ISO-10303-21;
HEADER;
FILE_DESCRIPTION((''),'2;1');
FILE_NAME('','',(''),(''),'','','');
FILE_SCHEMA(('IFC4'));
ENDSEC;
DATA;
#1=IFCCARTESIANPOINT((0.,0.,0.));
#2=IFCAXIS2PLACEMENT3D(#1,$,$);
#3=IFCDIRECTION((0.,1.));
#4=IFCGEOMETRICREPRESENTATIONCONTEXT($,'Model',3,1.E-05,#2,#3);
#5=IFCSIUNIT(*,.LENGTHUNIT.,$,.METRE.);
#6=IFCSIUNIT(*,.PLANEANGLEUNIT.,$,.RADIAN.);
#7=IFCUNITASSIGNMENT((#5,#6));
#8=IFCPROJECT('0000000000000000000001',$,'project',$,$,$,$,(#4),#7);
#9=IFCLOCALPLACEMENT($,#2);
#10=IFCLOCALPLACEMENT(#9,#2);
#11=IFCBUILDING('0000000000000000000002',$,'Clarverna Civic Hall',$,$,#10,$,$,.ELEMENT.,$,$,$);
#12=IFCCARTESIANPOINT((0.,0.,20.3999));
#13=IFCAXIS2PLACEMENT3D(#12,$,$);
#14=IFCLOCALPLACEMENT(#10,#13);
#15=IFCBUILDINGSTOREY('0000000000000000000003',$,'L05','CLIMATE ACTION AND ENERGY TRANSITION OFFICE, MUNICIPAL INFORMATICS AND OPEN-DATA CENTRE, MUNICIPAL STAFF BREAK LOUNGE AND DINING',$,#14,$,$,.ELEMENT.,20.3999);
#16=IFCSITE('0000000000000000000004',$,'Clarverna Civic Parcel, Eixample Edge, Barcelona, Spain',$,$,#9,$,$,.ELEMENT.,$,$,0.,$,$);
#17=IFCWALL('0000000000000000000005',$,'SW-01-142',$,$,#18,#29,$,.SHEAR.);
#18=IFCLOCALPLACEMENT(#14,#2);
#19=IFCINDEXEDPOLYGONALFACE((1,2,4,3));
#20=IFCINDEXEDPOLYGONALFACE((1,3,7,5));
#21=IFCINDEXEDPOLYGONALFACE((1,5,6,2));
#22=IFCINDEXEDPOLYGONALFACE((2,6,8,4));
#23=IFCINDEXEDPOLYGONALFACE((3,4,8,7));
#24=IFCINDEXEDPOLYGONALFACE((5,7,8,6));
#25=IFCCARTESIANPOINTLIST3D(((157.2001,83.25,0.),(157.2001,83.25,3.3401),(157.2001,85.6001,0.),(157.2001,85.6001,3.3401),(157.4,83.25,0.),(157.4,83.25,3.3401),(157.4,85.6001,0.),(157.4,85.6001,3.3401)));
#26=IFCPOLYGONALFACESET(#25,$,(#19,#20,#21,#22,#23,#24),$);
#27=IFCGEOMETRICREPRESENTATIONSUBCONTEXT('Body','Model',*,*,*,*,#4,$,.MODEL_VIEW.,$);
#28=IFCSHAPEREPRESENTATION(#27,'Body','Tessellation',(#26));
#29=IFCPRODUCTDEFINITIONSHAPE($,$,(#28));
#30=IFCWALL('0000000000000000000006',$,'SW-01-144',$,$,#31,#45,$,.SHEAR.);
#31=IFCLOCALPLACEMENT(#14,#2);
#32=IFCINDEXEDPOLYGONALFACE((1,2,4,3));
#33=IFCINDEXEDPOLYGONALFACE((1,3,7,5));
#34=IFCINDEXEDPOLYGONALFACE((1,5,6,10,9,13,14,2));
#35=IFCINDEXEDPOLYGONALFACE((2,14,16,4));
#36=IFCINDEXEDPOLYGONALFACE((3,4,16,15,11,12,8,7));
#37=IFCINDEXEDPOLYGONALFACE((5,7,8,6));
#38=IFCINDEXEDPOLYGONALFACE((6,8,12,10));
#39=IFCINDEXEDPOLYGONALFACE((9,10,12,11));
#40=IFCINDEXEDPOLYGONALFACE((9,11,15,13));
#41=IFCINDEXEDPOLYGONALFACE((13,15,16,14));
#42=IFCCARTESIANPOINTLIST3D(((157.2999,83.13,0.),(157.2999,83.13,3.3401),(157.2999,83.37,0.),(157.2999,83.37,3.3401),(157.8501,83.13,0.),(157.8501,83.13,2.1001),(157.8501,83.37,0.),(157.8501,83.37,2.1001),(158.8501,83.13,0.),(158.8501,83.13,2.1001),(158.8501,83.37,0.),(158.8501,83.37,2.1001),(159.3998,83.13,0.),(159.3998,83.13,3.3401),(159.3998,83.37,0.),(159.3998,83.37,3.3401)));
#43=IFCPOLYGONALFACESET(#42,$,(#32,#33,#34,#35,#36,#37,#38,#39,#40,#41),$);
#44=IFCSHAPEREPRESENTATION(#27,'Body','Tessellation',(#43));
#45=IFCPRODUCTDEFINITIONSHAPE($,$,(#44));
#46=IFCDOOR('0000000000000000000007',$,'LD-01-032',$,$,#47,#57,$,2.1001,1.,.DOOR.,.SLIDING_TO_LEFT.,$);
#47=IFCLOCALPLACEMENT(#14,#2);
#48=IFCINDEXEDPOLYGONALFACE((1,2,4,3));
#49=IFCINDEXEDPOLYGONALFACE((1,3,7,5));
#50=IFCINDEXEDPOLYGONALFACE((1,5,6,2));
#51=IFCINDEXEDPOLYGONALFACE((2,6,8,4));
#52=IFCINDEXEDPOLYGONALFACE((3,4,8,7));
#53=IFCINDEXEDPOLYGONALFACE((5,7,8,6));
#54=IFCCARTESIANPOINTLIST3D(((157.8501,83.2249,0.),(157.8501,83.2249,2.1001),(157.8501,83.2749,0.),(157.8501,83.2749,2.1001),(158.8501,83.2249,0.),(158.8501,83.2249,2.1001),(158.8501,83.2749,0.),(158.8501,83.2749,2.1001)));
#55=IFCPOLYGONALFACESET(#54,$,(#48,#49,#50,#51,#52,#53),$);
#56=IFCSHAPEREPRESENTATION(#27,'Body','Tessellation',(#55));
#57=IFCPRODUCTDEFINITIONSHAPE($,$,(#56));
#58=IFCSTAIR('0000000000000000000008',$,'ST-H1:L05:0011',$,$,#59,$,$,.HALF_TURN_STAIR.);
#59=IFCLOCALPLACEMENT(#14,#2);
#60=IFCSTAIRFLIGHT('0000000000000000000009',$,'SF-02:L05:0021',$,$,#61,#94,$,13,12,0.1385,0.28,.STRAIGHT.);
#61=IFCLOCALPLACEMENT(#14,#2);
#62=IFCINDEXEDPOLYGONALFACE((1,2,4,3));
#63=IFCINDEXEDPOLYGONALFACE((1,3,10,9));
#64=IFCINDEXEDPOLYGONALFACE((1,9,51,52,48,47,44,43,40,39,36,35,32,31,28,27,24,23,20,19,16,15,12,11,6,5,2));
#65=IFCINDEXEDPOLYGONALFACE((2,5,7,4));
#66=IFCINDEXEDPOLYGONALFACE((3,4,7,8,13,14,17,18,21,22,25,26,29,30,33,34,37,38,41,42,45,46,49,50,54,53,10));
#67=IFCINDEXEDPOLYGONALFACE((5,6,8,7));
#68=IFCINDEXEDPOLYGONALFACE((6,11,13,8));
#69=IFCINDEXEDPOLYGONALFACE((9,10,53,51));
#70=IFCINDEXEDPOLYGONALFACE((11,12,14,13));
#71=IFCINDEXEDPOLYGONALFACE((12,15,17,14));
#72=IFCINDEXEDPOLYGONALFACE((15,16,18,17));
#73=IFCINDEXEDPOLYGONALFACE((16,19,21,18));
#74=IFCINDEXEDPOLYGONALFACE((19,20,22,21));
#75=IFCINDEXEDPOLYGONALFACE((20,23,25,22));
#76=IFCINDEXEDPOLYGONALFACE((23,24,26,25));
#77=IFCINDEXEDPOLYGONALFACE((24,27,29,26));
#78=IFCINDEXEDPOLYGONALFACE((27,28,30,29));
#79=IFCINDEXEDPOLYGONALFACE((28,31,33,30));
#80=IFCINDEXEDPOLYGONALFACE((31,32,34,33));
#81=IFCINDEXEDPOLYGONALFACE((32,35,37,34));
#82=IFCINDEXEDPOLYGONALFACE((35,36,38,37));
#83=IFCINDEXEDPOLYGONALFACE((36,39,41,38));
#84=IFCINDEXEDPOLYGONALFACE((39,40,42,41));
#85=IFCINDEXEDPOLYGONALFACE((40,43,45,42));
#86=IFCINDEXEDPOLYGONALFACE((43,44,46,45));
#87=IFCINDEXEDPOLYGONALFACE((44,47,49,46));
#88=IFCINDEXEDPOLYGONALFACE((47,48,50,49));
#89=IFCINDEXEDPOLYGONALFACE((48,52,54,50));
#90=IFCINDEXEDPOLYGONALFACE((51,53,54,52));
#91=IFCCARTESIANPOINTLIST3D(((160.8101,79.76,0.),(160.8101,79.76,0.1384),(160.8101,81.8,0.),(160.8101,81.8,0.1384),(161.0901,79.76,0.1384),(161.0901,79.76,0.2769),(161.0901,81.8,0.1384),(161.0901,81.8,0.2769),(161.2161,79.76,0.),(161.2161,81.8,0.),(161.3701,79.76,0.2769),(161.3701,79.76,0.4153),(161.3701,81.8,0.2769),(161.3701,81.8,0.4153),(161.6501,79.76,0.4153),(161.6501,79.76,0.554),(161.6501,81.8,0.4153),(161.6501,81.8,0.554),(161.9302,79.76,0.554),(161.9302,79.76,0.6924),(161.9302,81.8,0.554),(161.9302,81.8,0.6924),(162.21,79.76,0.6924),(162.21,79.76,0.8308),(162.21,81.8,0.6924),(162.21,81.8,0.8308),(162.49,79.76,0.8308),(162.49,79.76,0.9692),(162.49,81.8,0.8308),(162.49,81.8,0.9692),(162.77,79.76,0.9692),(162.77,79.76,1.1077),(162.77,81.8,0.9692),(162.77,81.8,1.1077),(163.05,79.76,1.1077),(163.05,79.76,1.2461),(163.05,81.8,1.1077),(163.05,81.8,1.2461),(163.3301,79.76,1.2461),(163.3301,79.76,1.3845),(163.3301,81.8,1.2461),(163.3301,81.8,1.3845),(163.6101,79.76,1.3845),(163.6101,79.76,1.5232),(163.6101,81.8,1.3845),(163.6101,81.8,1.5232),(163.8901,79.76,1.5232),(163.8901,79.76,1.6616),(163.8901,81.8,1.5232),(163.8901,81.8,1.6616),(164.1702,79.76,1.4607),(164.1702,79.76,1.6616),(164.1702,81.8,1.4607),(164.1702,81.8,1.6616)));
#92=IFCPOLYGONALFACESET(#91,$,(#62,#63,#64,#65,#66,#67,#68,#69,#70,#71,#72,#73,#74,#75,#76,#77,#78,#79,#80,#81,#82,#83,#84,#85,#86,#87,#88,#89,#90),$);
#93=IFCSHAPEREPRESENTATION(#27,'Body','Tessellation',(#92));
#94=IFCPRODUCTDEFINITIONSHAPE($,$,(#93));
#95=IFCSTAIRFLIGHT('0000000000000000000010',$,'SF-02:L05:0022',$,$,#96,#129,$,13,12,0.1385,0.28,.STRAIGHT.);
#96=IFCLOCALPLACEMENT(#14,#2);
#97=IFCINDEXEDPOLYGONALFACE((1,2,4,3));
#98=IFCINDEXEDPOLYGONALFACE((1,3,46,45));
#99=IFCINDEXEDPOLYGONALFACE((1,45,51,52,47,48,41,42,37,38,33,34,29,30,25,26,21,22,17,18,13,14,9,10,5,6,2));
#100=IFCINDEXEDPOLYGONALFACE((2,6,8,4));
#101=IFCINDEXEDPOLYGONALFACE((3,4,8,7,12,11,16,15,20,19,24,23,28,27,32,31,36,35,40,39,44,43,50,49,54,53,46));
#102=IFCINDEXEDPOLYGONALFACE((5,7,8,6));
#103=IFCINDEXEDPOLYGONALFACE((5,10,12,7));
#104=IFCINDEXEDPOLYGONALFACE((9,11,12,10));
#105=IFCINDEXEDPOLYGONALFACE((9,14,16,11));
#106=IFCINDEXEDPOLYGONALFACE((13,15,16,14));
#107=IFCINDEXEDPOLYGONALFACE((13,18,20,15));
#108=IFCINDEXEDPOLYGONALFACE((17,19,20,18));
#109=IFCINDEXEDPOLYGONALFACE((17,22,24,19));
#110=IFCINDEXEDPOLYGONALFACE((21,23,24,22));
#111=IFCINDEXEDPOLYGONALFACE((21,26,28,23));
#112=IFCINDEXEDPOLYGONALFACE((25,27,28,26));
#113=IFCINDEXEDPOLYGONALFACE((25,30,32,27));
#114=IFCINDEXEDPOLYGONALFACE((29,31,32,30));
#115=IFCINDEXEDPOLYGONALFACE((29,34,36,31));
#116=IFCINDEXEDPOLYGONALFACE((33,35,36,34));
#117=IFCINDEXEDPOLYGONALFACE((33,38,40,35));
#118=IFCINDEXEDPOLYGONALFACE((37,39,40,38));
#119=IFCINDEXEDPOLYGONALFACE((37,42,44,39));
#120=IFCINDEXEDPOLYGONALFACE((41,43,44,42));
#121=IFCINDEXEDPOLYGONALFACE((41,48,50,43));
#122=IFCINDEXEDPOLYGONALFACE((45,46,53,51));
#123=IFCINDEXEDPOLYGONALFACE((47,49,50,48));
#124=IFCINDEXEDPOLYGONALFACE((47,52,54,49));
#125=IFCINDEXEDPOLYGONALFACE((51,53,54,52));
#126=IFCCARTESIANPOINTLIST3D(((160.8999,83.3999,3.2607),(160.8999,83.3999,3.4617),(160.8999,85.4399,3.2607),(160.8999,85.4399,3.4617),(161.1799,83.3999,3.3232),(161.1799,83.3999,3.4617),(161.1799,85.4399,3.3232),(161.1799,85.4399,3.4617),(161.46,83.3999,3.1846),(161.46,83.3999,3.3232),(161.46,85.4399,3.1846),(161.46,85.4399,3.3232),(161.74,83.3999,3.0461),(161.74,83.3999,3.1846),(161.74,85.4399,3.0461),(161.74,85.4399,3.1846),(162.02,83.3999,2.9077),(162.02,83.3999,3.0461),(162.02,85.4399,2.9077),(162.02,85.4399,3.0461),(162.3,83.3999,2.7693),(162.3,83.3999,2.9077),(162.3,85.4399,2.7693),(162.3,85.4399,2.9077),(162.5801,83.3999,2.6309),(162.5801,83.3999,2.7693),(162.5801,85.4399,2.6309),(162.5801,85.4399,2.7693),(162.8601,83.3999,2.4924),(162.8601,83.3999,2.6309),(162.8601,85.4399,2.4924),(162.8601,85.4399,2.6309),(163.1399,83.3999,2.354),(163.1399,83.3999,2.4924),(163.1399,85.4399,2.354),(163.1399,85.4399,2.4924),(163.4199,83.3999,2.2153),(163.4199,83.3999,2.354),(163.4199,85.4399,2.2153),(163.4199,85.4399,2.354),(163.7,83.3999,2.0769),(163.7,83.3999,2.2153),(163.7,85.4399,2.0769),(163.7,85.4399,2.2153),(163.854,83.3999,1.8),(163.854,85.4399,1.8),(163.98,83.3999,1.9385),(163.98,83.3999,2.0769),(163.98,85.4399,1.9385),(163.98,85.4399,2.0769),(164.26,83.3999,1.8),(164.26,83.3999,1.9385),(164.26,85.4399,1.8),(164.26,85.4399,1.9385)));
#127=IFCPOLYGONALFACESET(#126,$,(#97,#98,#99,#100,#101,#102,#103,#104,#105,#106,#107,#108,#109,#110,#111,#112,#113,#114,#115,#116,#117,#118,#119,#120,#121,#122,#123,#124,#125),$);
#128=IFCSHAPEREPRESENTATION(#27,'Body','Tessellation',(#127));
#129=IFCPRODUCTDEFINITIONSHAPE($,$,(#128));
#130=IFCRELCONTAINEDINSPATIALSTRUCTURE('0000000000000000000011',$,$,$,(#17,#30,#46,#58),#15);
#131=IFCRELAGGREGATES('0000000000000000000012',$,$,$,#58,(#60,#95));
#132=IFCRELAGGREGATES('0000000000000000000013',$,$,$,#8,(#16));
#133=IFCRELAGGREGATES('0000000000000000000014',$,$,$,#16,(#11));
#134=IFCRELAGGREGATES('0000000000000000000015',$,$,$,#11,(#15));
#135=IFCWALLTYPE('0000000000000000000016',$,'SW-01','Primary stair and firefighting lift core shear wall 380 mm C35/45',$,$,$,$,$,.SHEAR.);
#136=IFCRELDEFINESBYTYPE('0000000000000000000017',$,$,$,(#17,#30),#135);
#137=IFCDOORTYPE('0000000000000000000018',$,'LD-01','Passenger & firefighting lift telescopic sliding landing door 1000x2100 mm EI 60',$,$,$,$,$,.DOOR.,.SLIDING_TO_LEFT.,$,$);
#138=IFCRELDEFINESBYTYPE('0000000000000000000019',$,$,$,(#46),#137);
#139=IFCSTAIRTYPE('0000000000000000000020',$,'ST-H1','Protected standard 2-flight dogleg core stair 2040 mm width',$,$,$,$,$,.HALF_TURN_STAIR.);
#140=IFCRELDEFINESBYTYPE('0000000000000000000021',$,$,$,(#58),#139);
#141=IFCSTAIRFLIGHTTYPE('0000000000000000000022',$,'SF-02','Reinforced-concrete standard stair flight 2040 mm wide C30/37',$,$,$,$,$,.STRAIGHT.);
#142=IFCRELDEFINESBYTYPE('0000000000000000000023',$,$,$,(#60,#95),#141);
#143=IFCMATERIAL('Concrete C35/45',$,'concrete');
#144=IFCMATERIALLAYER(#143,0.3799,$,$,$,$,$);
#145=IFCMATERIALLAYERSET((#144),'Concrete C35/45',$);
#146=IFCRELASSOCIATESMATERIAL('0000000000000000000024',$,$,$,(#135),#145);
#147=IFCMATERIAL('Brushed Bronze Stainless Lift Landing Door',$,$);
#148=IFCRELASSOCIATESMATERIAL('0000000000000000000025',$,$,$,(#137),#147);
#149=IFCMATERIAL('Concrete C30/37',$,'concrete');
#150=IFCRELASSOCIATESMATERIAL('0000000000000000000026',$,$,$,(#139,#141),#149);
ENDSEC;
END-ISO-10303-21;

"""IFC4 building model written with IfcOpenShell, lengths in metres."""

from ifc_helpers import new_model, si_unit, direction, frame, frame_2d, origin, place, context, subcontext, project, spatial, polyline, rectangle, outline, extrude, material, layer, layer_set, type_object, element, fill, aggregate, save


model = new_model("IFC4")

# Units and contexts
model_context = context("Model", 3, precision=1e-05, world=origin(), true_north=direction((0.0, 1.0)))
body_context = subcontext(model_context, "Body", "Model", "MODEL_VIEW")
ifc_project = project(units=[si_unit("LENGTHUNIT", "METRE"), si_unit("PLANEANGLEUNIT", "RADIAN")], contexts=[model_context])

# Site, building, storey
site_placement = place(None, origin())
site = spatial("IfcSite", under=ifc_project, at=site_placement, Name="Clarverna Civic Parcel, Eixample Edge, Barcelona, Spain", CompositionType="ELEMENT", RefElevation=0.0)
building_placement = place(site_placement, origin())
building = spatial("IfcBuilding", under=site, at=building_placement, Name="Clarverna Civic Hall", CompositionType="ELEMENT")
storey_placement = place(building_placement, frame((0.0, 0.0, 20.3999)))
storey = spatial("IfcBuildingStorey", under=building, at=storey_placement, Name="L05", Description="CLIMATE ACTION AND ENERGY TRANSITION OFFICE, MUNICIPAL INFORMATICS AND OPEN-DATA CENTRE, MUNICIPAL STAFF BREAK LOUNGE AND DINING", CompositionType="ELEMENT", Elevation=20.3999)

# Shared definitions
ifc_material_1 = material(Name="Concrete C35/45", Category="concrete")

# Wall
ifc_layer_1 = layer(ifc_material_1, 0.3799)
ifc_layer_set_1 = layer_set([ifc_layer_1], Name="Concrete C35/45")
wall_type = type_object("IfcWallType", Name="SW-01", Description="Primary stair and firefighting lift core shear wall 380 mm C35/45", PredefinedType="SHEAR", material=ifc_layer_set_1)
wall_1_placement = place(storey_placement, frame((157.3, 83.25, 0.0), z_axis=(0.0, 0.0, 1.0), x_axis=(0.0, 1.0, 0.0)))
element("IfcWall", 1, at=wall_1_placement, inside=storey, type_object=wall_type, Name="SW-01-142", PredefinedType="SHEAR", context=body_context, shape_type="SweptSolid", body=[
    extrude(rectangle(XDim=2.3501, YDim=0.2, at=frame_2d((1.175, 0.0))), origin(), (0.0, 0.0, 1.0), 3.3401),
])

# Wall, opening, door
wall_2_placement = place(storey_placement, frame((157.3, 83.25, 0.0), z_axis=(0.0, 0.0, 1.0), x_axis=(1.0, 0.0, 0.0)))
wall_2 = element("IfcWall", 2, at=wall_2_placement, inside=storey, type_object=wall_type, Name="SW-01-144", PredefinedType="SHEAR", context=body_context, shape_type="SweptSolid", body=[
    extrude(rectangle(XDim=2.0999, YDim=0.24, at=frame_2d((1.0498, 0.0))), origin(), (0.0, 0.0, 1.0), 3.3401),
])
opening_placement = place(wall_2_placement, frame((0.55, 0.0, 0.0)))
opening = element("IfcOpeningElement", 3, at=opening_placement, cuts=wall_2, PredefinedType="OPENING", context=body_context, shape_type="SweptSolid", body=[
    extrude(rectangle(XDim=1.0, YDim=2.1001, at=frame_2d((0.5, 1.05))), frame((0.0, 0.1299, 0.0), z_axis=(0.0, -1.0, 0.0), x_axis=(1.0, 0.0, 0.0)), (0.0, 0.0, 1.0), 0.26),
])
ifc_material_2 = material(Name="Brushed Bronze Stainless Lift Landing Door")
door_type = type_object("IfcDoorType", Name="LD-01", Description="Passenger & firefighting lift telescopic sliding landing door 1000x2100 mm EI 60", OperationType="SLIDING_TO_LEFT", PredefinedType="DOOR", material=ifc_material_2)
door_placement = place(opening_placement, origin())
door = element("IfcDoor", 4, at=door_placement, inside=storey, type_object=door_type, Name="LD-01-032", OperationType="SLIDING_TO_LEFT", OverallHeight=2.1001, OverallWidth=1.0, PredefinedType="DOOR", context=body_context, shape_type="SweptSolid", body=[
    extrude(rectangle(XDim=1.0, YDim=2.1001, at=frame_2d((0.5, 1.05))), frame((0.0, 0.0249, 0.0), z_axis=(0.0, -1.0, 0.0), x_axis=(1.0, 0.0, 0.0)), (0.0, 0.0, 1.0), 0.05),
])
fill(opening, door)

# Stair, stair flights
ifc_material_3 = material(Name="Concrete C30/37", Category="concrete")
stair_type = type_object("IfcStairType", Name="ST-H1", Description="Protected standard 2-flight dogleg core stair 2040 mm width", PredefinedType="HALF_TURN_STAIR", material=ifc_material_3)
stair_placement = place(storey_placement, origin())
stair = element("IfcStair", 5, at=stair_placement, inside=storey, type_object=stair_type, Name="ST-H1:L05:0011", PredefinedType="HALF_TURN_STAIR")
stair_flight_type = type_object("IfcStairFlightType", Name="SF-02", Description="Reinforced-concrete standard stair flight 2040 mm wide C30/37", PredefinedType="STRAIGHT", material=ifc_material_3)
stair_flight_1_placement = place(storey_placement, frame((160.8101, 80.78, 0.0), z_axis=(0.0, 0.0, 1.0), x_axis=(1.0, 0.0, 0.0)))
stair_flight_1 = element("IfcStairFlight", 6, at=stair_flight_1_placement, type_object=stair_flight_type, Name="SF-02:L05:0021", NumberOfRisers=13, NumberOfTreads=12, PredefinedType="STRAIGHT", RiserHeight=0.1385, TreadLength=0.28, context=body_context, shape_type="SweptSolid", body=[
    extrude(outline(polyline([(0.0, 0.0), (0.0, 0.1384), (0.28, 0.1384), (0.28, 0.2769), (0.5601, 0.2769), (0.5601, 0.4153), (0.8401, 0.4153), (0.8401, 0.554), (1.1201, 0.554), (1.1201, 0.6924), (1.3999, 0.6924), (1.3999, 0.8308), (1.6799, 0.8308), (1.6799, 0.9692), (1.96, 0.9692), (1.96, 1.1077), (2.24, 1.1077), (2.24, 1.2461), (2.52, 1.2461), (2.52, 1.3845), (2.8, 1.3845), (2.8, 1.5232), (3.0801, 1.5232), (3.0801, 1.6616), (3.3601, 1.6616), (3.3601, 1.8), (3.3601, 1.4607), (0.406, 0.0), (0.0, 0.0)])), frame((0.0, 1.02, 0.0), z_axis=(0.0, -1.0, 0.0), x_axis=(1.0, 0.0, 0.0)), (0.0, 0.0, 1.0), 2.04),
])
stair_flight_2_placement = place(storey_placement, frame((164.26, 84.4199, 1.8), z_axis=(0.0, 0.0, 1.0), x_axis=(-1.0, 0.0, 0.0)))
stair_flight_2 = element("IfcStairFlight", 7, at=stair_flight_2_placement, type_object=stair_flight_type, Name="SF-02:L05:0022", NumberOfRisers=13, NumberOfTreads=12, PredefinedType="STRAIGHT", RiserHeight=0.1385, TreadLength=0.28, context=body_context, shape_type="SweptSolid", body=[
    extrude(outline(polyline([(0.0, 0.0), (0.0, 0.1384), (0.28, 0.1384), (0.28, 0.2769), (0.5601, 0.2769), (0.5601, 0.4153), (0.8401, 0.4153), (0.8401, 0.554), (1.1201, 0.554), (1.1201, 0.6924), (1.3999, 0.6924), (1.3999, 0.8308), (1.6799, 0.8308), (1.6799, 0.9692), (1.96, 0.9692), (1.96, 1.1077), (2.24, 1.1077), (2.24, 1.2461), (2.52, 1.2461), (2.52, 1.3845), (2.8, 1.3845), (2.8, 1.5232), (3.0801, 1.5232), (3.0801, 1.6616), (3.3601, 1.6616), (3.3601, 1.8), (3.3601, 1.4607), (0.406, 0.0), (0.0, 0.0)])), frame((0.0, 1.02, 0.0), z_axis=(0.0, -1.0, 0.0), x_axis=(1.0, 0.0, 0.0)), (0.0, 0.0, 1.0), 2.04),
])
aggregate(stair, [stair_flight_1, stair_flight_2])

save(model, "model.ifc")
